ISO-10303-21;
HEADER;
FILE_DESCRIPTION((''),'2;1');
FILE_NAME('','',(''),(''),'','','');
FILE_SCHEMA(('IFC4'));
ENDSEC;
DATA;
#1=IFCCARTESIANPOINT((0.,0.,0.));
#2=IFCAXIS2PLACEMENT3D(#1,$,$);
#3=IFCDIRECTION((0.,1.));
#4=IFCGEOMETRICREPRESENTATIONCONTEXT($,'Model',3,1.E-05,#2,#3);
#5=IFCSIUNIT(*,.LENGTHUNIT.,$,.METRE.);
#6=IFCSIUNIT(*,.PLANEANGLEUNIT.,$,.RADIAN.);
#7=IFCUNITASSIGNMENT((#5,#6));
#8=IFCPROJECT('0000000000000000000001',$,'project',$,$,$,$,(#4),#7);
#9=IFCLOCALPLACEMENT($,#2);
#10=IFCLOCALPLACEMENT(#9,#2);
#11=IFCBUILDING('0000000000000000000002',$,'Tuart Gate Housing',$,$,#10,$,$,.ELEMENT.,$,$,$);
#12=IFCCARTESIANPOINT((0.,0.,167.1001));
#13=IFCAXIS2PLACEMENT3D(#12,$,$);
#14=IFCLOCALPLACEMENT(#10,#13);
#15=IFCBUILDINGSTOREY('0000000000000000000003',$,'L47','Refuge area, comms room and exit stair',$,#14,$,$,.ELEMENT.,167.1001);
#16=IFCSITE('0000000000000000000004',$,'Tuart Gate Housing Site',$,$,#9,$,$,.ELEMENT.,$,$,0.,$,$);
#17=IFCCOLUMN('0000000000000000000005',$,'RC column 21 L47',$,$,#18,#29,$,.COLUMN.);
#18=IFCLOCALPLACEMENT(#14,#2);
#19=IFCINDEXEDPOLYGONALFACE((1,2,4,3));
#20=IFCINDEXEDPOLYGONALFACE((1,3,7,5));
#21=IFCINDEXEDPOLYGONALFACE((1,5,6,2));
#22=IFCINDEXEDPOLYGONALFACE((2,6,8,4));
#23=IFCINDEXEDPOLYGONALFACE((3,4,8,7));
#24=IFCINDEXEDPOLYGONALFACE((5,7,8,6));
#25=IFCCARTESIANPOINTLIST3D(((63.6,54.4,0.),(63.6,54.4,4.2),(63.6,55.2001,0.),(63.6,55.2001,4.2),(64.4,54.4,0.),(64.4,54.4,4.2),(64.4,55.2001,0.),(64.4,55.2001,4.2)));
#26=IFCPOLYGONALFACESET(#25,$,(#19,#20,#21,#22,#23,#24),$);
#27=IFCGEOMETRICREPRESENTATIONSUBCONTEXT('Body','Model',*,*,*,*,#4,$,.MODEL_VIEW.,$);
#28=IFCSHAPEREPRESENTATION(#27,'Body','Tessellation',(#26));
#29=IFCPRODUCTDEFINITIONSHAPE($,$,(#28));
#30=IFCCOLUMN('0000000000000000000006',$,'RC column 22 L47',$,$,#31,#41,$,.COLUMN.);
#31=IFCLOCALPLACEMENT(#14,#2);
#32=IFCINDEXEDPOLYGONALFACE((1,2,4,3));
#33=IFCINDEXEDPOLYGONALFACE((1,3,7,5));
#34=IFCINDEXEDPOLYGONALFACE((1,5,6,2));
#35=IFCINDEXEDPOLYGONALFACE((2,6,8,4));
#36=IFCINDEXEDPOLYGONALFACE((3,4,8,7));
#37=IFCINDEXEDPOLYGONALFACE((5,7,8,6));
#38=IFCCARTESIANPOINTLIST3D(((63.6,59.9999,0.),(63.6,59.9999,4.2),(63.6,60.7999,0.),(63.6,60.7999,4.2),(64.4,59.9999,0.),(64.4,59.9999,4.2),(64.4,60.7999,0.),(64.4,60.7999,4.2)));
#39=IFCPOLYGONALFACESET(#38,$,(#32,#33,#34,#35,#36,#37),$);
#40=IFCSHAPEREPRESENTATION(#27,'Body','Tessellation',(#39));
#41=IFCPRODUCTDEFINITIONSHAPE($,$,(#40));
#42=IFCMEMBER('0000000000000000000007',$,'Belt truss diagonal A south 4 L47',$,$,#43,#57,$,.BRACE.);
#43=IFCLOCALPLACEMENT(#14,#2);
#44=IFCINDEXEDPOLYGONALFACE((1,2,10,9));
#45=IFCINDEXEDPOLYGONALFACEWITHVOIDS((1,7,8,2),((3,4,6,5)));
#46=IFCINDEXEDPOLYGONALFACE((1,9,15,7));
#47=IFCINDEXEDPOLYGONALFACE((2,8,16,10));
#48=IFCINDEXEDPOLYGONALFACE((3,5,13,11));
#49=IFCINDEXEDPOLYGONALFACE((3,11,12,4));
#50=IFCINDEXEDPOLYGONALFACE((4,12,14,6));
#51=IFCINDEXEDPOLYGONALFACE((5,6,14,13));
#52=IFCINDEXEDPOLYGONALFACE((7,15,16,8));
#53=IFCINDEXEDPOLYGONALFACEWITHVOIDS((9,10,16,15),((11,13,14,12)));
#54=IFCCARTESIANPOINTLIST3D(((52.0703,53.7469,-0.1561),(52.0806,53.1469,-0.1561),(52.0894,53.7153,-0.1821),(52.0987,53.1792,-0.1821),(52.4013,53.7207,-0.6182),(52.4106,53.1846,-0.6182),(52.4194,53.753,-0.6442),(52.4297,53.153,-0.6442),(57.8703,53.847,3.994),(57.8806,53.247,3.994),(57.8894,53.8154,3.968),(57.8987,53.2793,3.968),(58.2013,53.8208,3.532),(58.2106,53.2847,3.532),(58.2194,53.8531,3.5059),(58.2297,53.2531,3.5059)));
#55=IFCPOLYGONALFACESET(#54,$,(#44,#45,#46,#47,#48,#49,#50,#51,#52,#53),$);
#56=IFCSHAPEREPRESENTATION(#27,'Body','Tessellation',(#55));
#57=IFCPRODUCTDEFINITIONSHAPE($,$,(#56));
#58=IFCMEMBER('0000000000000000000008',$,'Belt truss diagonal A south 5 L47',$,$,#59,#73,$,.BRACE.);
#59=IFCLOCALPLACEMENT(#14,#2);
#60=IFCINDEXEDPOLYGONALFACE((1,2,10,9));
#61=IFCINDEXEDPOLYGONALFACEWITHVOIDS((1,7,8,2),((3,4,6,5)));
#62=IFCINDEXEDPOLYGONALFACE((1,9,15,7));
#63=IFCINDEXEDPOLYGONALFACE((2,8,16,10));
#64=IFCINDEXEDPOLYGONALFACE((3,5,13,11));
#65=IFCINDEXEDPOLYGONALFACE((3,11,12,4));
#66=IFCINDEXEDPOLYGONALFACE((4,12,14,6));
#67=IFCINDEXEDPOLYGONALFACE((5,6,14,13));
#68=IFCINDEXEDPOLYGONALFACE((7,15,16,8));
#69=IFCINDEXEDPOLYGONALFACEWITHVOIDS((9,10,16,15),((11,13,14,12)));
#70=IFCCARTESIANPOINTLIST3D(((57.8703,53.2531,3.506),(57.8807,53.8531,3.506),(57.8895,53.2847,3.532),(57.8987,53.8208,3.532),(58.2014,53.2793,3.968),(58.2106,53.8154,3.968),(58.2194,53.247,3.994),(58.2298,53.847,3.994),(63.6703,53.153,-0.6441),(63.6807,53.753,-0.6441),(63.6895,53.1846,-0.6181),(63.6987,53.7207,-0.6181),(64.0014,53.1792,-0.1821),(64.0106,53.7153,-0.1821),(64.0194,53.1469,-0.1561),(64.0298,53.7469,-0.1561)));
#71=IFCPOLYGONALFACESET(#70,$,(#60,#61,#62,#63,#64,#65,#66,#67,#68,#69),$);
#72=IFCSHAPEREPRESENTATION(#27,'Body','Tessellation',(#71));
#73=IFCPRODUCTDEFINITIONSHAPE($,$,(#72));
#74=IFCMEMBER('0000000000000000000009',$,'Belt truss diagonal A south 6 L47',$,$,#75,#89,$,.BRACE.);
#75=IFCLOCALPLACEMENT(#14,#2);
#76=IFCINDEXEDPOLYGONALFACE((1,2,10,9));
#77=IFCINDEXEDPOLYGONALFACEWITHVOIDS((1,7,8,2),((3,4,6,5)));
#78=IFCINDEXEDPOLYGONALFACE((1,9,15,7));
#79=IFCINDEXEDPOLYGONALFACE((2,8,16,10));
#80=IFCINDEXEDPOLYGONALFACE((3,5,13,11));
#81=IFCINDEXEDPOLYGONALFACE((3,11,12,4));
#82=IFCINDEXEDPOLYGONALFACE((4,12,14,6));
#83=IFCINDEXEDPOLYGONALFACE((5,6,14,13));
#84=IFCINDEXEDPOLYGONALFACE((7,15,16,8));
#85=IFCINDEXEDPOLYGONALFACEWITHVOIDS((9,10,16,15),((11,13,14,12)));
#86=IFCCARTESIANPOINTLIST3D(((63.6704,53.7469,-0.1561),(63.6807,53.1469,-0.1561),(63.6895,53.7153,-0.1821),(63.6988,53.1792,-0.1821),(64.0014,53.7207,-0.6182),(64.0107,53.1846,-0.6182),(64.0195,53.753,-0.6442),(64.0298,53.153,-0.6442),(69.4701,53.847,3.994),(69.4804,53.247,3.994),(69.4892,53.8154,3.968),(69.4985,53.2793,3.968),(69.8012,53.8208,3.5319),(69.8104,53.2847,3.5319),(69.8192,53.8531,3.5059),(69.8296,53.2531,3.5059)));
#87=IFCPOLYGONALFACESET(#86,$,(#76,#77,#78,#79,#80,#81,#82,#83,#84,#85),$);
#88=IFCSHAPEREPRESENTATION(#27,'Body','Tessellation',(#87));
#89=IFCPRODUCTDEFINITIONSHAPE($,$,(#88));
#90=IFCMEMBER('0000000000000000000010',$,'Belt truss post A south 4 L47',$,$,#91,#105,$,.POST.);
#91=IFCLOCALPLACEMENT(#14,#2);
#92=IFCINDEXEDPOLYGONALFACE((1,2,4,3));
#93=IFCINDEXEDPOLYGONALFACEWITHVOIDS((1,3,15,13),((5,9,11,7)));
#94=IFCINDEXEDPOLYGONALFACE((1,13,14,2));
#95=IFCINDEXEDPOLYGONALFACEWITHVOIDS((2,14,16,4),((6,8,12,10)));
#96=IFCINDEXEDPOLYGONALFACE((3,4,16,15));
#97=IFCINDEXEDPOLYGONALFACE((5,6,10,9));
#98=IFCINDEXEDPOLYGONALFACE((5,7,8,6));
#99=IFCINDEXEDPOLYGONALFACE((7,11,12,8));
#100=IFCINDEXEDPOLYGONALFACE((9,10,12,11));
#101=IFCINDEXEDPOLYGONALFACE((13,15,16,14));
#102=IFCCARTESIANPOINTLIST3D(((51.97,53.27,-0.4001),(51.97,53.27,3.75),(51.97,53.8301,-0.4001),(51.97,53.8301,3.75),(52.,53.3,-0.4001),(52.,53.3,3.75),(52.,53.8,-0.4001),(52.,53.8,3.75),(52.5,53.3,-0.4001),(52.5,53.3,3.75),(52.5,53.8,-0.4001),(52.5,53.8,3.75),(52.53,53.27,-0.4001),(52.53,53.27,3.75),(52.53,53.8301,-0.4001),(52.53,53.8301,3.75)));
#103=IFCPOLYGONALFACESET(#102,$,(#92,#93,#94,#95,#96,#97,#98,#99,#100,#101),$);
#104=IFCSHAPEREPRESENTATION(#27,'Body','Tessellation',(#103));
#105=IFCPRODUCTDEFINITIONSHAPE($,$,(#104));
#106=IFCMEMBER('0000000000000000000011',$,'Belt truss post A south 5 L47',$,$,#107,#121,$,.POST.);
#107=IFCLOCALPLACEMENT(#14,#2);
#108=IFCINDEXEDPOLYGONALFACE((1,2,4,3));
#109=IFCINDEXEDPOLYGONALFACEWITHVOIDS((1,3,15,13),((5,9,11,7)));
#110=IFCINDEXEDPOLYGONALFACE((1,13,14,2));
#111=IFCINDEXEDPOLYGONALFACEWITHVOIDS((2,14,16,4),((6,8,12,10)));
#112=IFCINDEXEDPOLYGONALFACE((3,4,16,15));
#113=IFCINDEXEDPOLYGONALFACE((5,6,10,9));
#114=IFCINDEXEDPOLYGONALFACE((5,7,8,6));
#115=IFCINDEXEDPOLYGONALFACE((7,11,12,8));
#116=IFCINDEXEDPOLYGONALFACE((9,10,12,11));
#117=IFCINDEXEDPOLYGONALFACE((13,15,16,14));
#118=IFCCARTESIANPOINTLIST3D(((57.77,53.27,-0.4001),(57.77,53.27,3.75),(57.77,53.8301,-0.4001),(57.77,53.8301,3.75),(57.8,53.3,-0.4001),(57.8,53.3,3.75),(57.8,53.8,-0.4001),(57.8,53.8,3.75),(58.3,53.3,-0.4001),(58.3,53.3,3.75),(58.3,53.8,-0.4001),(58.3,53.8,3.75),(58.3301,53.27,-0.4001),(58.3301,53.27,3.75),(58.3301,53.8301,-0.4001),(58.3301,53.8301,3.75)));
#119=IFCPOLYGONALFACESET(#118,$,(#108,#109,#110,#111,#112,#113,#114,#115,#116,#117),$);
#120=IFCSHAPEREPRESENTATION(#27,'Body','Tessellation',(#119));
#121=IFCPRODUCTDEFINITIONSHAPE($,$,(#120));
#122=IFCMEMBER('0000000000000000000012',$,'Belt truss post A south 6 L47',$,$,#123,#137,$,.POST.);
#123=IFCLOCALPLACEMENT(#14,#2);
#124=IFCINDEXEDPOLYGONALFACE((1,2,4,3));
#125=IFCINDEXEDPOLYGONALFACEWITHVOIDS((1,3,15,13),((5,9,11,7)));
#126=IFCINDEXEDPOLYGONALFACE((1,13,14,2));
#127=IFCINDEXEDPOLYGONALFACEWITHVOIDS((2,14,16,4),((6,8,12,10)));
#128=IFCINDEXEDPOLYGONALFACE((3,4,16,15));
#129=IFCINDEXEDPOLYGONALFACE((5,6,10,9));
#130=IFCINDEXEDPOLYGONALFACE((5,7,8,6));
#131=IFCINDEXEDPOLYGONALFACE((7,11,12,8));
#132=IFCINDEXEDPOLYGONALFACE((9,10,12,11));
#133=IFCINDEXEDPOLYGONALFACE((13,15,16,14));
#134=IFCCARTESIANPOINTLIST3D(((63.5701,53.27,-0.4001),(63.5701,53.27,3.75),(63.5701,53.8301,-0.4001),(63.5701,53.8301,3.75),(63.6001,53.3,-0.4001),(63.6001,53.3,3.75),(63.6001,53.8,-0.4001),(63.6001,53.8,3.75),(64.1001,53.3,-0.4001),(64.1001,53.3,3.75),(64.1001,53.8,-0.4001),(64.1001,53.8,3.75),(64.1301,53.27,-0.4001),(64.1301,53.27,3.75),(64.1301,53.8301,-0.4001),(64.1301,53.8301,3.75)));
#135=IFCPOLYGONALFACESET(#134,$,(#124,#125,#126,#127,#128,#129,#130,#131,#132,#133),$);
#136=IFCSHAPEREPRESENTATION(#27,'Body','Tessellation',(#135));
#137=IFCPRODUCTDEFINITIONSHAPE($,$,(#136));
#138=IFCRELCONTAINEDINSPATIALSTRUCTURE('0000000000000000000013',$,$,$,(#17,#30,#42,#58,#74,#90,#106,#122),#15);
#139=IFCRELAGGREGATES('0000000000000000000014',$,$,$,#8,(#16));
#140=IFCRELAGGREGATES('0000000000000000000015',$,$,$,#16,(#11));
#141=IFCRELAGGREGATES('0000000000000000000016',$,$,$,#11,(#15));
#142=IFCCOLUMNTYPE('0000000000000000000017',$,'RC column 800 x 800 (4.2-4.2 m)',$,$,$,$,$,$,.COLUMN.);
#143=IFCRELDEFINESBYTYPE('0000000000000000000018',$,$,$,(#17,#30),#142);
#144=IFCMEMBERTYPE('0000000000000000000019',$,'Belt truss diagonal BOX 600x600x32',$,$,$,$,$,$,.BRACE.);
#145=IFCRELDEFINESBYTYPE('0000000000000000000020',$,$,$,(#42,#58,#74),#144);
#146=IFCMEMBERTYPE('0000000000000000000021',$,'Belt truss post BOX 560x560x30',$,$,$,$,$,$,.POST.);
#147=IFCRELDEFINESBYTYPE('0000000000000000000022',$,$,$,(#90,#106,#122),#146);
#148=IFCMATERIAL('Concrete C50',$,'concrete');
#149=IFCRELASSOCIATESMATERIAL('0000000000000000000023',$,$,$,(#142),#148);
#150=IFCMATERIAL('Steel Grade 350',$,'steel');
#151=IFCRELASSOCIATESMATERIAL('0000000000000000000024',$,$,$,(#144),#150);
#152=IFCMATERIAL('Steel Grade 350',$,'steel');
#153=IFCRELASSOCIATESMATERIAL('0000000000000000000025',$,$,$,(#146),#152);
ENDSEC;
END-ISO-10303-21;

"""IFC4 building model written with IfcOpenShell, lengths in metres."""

from ifc_helpers import new_model, si_unit, direction, frame, origin, origin_2d, place, context, subcontext, project, spatial, rectangle, hollow_rectangle, extrude, material, material_profile, profile_set, type_object, element, save


model = new_model("IFC4")

# Units and contexts
model_context = context("Model", 3, precision=1e-05, world=origin(), true_north=direction((0.0, 1.0)))
body_context = subcontext(model_context, "Body", "Model", "MODEL_VIEW")
ifc_project = project(units=[si_unit("LENGTHUNIT", "METRE"), si_unit("PLANEANGLEUNIT", "RADIAN")], contexts=[model_context])

# Site, building, storey
site_placement = place(None, origin())
site = spatial("IfcSite", under=ifc_project, at=site_placement, Name="Tuart Gate Housing Site", CompositionType="ELEMENT", RefElevation=0.0)
building_placement = place(site_placement, origin())
building = spatial("IfcBuilding", under=site, at=building_placement, Name="Tuart Gate Housing", CompositionType="ELEMENT")
storey_placement = place(building_placement, frame((0.0, 0.0, 167.1001)))
storey = spatial("IfcBuildingStorey", under=building, at=storey_placement, Name="L47", Description="Refuge area, comms room and exit stair", CompositionType="ELEMENT", Elevation=167.1001)

# Columns
ifc_material_1 = material(Name="Concrete C50", Category="concrete")
ifc_material_profile_1 = material_profile(ifc_material_1, rectangle(XDim=0.8, YDim=0.8, at=origin_2d()), Name="RC column 800 x 800 (4.2-4.2 m)")
ifc_profile_set_1 = profile_set([ifc_material_profile_1], Name="Concrete C50")
column_type = type_object("IfcColumnType", Name="RC column 800 x 800 (4.2-4.2 m)", PredefinedType="COLUMN", material=ifc_profile_set_1)
for number, where, z_axis, x_axis, name in (
    (1, (64.0, 54.8, 0.0), (0.0, 0.0, 1.0), (1.0, 0.0, 0.0), "RC column 21 L47"),
    (2, (64.0, 60.3999, 0.0), (0.0, 0.0, 1.0), (1.0, 0.0, 0.0), "RC column 22 L47"),
):
    element("IfcColumn", number, at=place(storey_placement, frame(where, z_axis=z_axis, x_axis=x_axis)), inside=storey, type_object=column_type, Name=name, PredefinedType="COLUMN", context=body_context, shape_type="SweptSolid", body=[
        extrude(rectangle(XDim=0.8, YDim=0.8, at=origin_2d()), origin(), (0.0, 0.0, 1.0), 4.2),
    ])

# Members
ifc_material_2 = material(Name="Steel Grade 350", Category="steel")
ifc_material_profile_2 = material_profile(ifc_material_2, hollow_rectangle(XDim=0.6001, YDim=0.6001, WallThickness=0.032, at=origin_2d()), Name="BOX 600x600x32")
ifc_profile_set_2 = profile_set([ifc_material_profile_2], Name="Steel Grade 350")
member_type_1 = type_object("IfcMemberType", Name="Belt truss diagonal BOX 600x600x32", PredefinedType="BRACE", material=ifc_profile_set_2)
for number, where, z_axis, x_axis, name in (
    (3, (52.25, 53.45, -0.4001), (0.813172, 0.014034, 0.581854), (-0.017256, 0.999851, 0.0), "Belt truss diagonal A south 4 L47"),
    (4, (58.05, 53.55, 3.75), (0.813172, -0.014034, -0.581854), (0.017256, 0.999851, 0.0), "Belt truss diagonal A south 5 L47"),
):
    element("IfcMember", number, at=place(storey_placement, frame(where, z_axis=z_axis, x_axis=x_axis)), inside=storey, type_object=member_type_1, Name=name, PredefinedType="BRACE", context=body_context, shape_type="SweptSolid", body=[
        extrude(hollow_rectangle(XDim=0.6001, YDim=0.6001, WallThickness=0.032, at=origin_2d()), origin(), (0.0, 0.0, 1.0), 7.1326),
    ])
member_placement = place(storey_placement, frame((63.8501, 53.45, -0.4001), z_axis=(0.81316, 0.014034, 0.58187), x_axis=(-0.017256, 0.999851, 0.0)))
element("IfcMember", 5, at=member_placement, inside=storey, type_object=member_type_1, Name="Belt truss diagonal A south 6 L47", PredefinedType="BRACE", context=body_context, shape_type="SweptSolid", body=[
    extrude(hollow_rectangle(XDim=0.6001, YDim=0.6001, WallThickness=0.032, at=origin_2d()), origin(), (0.0, 0.0, 1.0), 7.1323),
])
ifc_material_3 = material(Name="Steel Grade 350", Category="steel")
ifc_material_profile_3 = material_profile(ifc_material_3, hollow_rectangle(XDim=0.5601, YDim=0.5601, WallThickness=0.03, at=origin_2d()), Name="BOX 560x560x30")
ifc_profile_set_3 = profile_set([ifc_material_profile_3], Name="Steel Grade 350")
member_type_2 = type_object("IfcMemberType", Name="Belt truss post BOX 560x560x30", PredefinedType="POST", material=ifc_profile_set_3)
for number, where, z_axis, x_axis, name in (
    (6, (52.25, 53.55, -0.4001), (0.0, 0.0, 1.0), (1.0, 0.0, 0.0), "Belt truss post A south 4 L47"),
    (7, (58.05, 53.55, -0.4001), (0.0, 0.0, 1.0), (1.0, 0.0, 0.0), "Belt truss post A south 5 L47"),
    (8, (63.8501, 53.55, -0.4001), (0.0, 0.0, 1.0), (1.0, 0.0, 0.0), "Belt truss post A south 6 L47"),
):
    element("IfcMember", number, at=place(storey_placement, frame(where, z_axis=z_axis, x_axis=x_axis)), inside=storey, type_object=member_type_2, Name=name, PredefinedType="POST", context=body_context, shape_type="SweptSolid", body=[
        extrude(hollow_rectangle(XDim=0.5601, YDim=0.5601, WallThickness=0.03, at=origin_2d()), origin(), (0.0, 0.0, 1.0), 4.1501),
    ])

save(model, "model.ifc")
